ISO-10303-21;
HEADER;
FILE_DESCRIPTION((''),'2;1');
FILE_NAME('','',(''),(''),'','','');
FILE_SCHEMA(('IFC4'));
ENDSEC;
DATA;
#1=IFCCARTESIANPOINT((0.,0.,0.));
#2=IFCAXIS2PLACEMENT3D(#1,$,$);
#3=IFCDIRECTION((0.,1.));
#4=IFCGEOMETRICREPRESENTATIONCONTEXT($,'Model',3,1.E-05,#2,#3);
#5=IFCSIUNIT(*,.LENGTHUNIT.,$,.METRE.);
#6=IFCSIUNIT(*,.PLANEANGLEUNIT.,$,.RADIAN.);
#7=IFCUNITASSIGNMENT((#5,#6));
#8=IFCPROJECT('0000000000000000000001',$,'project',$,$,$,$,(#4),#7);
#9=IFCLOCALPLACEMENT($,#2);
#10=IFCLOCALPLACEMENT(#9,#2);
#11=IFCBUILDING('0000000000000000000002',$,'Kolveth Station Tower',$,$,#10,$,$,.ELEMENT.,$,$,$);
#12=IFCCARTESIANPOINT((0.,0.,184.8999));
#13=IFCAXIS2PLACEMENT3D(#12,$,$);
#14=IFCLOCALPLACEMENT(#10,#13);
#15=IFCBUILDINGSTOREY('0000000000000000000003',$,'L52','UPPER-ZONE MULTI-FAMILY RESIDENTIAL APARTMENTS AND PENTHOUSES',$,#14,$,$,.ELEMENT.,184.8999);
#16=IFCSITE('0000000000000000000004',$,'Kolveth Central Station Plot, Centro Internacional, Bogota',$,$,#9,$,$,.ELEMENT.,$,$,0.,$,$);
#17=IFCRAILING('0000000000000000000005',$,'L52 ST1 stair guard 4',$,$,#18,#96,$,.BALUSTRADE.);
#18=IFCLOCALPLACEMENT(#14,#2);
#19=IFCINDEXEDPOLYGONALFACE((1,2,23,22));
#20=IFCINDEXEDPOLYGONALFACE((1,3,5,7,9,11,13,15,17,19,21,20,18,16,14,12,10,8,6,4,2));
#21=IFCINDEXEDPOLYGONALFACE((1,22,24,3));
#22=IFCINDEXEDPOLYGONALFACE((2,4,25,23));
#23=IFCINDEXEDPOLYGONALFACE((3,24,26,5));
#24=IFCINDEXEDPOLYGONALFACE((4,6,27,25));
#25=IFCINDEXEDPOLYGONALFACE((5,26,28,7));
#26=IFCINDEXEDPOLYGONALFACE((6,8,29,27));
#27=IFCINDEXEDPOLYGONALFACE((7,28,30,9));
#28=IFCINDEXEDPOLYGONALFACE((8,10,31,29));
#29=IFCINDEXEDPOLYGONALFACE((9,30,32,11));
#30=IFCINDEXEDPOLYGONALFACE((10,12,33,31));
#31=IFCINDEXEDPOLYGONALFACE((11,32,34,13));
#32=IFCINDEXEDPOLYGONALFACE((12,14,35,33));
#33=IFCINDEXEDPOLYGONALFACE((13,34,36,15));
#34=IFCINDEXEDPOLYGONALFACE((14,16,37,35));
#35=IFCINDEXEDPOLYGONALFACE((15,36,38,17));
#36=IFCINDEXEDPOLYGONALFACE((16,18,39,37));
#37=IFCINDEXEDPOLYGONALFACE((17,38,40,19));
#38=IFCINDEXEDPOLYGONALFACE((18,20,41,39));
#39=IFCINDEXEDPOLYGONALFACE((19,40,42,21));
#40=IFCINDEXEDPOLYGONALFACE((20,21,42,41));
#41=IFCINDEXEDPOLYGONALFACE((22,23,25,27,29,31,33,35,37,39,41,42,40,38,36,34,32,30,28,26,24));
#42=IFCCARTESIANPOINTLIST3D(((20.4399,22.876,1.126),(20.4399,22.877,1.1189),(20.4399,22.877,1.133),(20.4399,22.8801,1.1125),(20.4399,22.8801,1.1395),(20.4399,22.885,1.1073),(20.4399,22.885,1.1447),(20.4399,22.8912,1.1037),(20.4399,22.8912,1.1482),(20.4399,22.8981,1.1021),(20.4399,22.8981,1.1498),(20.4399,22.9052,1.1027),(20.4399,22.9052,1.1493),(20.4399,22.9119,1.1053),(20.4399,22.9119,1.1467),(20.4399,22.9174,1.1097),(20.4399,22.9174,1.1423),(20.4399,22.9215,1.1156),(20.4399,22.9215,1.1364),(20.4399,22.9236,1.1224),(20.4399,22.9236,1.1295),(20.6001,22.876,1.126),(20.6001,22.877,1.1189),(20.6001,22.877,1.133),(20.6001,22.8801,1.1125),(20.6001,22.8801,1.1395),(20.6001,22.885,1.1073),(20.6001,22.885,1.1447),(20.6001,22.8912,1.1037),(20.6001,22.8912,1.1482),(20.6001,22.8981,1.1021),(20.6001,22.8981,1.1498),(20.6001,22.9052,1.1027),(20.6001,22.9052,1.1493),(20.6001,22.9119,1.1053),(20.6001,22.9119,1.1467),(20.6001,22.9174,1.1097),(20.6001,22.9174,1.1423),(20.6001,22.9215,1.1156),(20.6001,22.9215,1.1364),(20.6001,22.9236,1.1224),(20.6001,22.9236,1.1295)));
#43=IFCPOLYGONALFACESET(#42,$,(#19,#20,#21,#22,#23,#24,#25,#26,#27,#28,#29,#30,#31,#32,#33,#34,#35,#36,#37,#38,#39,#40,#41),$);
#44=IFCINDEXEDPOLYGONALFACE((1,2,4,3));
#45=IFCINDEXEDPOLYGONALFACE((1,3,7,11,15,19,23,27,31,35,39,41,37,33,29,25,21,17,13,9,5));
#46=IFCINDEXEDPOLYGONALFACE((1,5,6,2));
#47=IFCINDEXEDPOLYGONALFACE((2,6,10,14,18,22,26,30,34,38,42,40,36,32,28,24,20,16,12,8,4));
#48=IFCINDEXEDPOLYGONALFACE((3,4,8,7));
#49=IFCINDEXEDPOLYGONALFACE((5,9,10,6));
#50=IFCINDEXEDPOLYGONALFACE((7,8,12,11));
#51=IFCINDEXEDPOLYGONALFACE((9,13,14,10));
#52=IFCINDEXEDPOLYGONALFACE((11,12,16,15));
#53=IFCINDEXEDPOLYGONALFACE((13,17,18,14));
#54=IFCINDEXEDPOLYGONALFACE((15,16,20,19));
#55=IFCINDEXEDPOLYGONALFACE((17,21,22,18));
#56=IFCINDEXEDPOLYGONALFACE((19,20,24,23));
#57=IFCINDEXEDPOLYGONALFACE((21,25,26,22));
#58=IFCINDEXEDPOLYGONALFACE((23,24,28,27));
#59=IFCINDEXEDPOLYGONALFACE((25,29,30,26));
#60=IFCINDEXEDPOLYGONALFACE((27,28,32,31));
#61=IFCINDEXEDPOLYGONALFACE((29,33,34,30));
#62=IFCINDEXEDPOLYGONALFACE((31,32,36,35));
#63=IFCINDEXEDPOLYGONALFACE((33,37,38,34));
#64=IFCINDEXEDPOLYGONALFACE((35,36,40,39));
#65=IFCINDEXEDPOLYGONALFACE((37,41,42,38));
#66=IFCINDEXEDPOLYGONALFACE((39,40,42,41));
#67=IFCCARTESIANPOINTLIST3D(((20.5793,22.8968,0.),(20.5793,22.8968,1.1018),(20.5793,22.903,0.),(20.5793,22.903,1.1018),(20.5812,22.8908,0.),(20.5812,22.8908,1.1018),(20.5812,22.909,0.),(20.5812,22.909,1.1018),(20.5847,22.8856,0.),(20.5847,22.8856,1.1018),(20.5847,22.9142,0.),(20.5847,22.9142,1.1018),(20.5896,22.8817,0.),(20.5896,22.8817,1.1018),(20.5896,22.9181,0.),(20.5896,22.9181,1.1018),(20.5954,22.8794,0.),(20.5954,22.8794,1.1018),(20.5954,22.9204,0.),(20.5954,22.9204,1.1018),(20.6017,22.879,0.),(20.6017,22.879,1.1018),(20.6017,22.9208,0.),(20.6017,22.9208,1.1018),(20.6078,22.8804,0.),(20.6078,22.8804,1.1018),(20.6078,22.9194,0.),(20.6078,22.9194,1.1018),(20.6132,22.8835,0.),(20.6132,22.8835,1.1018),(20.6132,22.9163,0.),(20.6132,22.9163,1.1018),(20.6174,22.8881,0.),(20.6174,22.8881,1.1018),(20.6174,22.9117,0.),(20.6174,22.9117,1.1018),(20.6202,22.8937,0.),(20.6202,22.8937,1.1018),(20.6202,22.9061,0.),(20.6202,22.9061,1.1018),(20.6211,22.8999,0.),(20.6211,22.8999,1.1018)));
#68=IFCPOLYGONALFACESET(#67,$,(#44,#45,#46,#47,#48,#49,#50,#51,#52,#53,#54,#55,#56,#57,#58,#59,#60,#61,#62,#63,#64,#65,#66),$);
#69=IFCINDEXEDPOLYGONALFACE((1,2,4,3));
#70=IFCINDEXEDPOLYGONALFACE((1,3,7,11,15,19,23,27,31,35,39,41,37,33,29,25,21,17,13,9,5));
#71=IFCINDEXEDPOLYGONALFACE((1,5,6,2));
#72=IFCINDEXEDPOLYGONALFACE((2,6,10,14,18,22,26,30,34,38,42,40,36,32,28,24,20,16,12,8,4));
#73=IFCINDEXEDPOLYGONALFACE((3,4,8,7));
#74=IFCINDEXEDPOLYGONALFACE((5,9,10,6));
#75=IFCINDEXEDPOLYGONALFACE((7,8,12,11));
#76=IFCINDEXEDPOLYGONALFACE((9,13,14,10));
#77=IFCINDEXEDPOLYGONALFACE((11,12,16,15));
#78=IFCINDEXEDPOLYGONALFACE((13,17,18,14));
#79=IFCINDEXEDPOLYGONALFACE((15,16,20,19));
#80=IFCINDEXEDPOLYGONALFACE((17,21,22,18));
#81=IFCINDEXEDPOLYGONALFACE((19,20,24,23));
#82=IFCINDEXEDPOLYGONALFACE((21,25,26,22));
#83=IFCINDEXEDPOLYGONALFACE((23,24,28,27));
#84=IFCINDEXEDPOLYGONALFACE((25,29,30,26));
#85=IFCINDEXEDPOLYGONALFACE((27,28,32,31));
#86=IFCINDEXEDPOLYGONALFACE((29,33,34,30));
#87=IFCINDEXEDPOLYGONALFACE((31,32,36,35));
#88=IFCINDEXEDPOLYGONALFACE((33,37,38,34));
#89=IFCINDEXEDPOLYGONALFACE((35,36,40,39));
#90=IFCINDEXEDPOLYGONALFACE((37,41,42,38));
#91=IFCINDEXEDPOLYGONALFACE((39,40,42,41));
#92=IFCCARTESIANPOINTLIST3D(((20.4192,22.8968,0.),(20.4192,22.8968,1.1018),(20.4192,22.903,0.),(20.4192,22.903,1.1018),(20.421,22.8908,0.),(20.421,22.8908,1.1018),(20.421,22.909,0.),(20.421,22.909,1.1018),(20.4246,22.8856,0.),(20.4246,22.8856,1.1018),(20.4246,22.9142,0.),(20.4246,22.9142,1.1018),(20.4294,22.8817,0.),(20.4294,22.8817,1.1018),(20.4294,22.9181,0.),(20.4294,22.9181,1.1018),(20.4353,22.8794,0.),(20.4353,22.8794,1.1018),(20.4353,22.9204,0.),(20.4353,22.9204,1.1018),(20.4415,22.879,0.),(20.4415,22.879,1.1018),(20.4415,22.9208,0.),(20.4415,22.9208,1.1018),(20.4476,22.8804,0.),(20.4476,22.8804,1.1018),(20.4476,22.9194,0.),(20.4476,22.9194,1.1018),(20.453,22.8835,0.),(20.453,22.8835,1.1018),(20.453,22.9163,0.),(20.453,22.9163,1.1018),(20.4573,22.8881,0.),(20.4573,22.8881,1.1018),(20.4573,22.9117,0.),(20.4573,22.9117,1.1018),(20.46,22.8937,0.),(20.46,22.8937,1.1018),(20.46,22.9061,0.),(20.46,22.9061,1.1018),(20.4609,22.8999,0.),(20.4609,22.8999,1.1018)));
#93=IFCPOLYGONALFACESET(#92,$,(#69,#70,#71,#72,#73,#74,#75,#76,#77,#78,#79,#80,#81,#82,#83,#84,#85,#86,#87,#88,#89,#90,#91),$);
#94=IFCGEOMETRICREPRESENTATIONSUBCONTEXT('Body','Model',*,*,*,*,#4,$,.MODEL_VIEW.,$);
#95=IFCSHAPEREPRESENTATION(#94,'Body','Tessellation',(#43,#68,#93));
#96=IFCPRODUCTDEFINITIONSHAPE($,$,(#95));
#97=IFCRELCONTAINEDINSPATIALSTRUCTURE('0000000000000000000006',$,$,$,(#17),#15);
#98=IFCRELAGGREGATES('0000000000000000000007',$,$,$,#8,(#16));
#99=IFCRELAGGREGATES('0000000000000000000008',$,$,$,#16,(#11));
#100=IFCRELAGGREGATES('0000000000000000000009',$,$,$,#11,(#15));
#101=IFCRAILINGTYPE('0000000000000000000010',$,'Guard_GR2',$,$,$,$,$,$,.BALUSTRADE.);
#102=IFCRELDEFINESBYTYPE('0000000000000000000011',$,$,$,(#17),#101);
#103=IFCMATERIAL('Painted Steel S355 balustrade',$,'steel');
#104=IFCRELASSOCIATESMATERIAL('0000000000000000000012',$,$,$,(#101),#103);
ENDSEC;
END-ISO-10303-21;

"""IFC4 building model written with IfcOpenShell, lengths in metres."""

from ifc_helpers import new_model, si_unit, direction, frame, origin, origin_2d, place, context, subcontext, project, spatial, circle, extrude, material, type_object, element, save


model = new_model("IFC4")

# Units and contexts
model_context = context("Model", 3, precision=1e-05, world=origin(), true_north=direction((0.0, 1.0)))
body_context = subcontext(model_context, "Body", "Model", "MODEL_VIEW")
ifc_project = project(units=[si_unit("LENGTHUNIT", "METRE"), si_unit("PLANEANGLEUNIT", "RADIAN")], contexts=[model_context])

# Site, building, storey
site_placement = place(None, origin())
site = spatial("IfcSite", under=ifc_project, at=site_placement, Name="Kolveth Central Station Plot, Centro Internacional, Bogota", CompositionType="ELEMENT", RefElevation=0.0)
building_placement = place(site_placement, origin())
building = spatial("IfcBuilding", under=site, at=building_placement, Name="Kolveth Station Tower", CompositionType="ELEMENT")
storey_placement = place(building_placement, frame((0.0, 0.0, 184.8999)))
storey = spatial("IfcBuildingStorey", under=building, at=storey_placement, Name="L52", Description="UPPER-ZONE MULTI-FAMILY RESIDENTIAL APARTMENTS AND PENTHOUSES", CompositionType="ELEMENT", Elevation=184.8999)

# Railing
ifc_material_1 = material(Name="Painted Steel S355 balustrade", Category="steel")
railing_type_1 = type_object("IfcRailingType", Name="Guard_GR2", PredefinedType="BALUSTRADE", material=ifc_material_1)
railing_1_placement = place(storey_placement, frame((20.6001, 22.8999, 0.0)))
element("IfcRailing", 1, at=railing_1_placement, inside=storey, type_object=railing_type_1, Name="L52 ST1 stair guard 4", PredefinedType="BALUSTRADE", context=body_context, shape_type="SweptSolid", body=[
    extrude(circle(Radius=0.0239, at=origin_2d()), frame((0.0, 0.0, 1.126), z_axis=(-1.0, 0.0, 0.0), x_axis=(0.0, -1.0, 0.0)), (0.0, 0.0, 1.0), 0.1602),
    extrude(circle(Radius=0.021, at=origin_2d()), origin(), (0.0, 0.0, 1.0), 1.1018),
    extrude(circle(Radius=0.021, at=origin_2d()), frame((-0.1602, 0.0, 0.0)), (0.0, 0.0, 1.0), 1.1018),
])

save(model, "model.ifc")
